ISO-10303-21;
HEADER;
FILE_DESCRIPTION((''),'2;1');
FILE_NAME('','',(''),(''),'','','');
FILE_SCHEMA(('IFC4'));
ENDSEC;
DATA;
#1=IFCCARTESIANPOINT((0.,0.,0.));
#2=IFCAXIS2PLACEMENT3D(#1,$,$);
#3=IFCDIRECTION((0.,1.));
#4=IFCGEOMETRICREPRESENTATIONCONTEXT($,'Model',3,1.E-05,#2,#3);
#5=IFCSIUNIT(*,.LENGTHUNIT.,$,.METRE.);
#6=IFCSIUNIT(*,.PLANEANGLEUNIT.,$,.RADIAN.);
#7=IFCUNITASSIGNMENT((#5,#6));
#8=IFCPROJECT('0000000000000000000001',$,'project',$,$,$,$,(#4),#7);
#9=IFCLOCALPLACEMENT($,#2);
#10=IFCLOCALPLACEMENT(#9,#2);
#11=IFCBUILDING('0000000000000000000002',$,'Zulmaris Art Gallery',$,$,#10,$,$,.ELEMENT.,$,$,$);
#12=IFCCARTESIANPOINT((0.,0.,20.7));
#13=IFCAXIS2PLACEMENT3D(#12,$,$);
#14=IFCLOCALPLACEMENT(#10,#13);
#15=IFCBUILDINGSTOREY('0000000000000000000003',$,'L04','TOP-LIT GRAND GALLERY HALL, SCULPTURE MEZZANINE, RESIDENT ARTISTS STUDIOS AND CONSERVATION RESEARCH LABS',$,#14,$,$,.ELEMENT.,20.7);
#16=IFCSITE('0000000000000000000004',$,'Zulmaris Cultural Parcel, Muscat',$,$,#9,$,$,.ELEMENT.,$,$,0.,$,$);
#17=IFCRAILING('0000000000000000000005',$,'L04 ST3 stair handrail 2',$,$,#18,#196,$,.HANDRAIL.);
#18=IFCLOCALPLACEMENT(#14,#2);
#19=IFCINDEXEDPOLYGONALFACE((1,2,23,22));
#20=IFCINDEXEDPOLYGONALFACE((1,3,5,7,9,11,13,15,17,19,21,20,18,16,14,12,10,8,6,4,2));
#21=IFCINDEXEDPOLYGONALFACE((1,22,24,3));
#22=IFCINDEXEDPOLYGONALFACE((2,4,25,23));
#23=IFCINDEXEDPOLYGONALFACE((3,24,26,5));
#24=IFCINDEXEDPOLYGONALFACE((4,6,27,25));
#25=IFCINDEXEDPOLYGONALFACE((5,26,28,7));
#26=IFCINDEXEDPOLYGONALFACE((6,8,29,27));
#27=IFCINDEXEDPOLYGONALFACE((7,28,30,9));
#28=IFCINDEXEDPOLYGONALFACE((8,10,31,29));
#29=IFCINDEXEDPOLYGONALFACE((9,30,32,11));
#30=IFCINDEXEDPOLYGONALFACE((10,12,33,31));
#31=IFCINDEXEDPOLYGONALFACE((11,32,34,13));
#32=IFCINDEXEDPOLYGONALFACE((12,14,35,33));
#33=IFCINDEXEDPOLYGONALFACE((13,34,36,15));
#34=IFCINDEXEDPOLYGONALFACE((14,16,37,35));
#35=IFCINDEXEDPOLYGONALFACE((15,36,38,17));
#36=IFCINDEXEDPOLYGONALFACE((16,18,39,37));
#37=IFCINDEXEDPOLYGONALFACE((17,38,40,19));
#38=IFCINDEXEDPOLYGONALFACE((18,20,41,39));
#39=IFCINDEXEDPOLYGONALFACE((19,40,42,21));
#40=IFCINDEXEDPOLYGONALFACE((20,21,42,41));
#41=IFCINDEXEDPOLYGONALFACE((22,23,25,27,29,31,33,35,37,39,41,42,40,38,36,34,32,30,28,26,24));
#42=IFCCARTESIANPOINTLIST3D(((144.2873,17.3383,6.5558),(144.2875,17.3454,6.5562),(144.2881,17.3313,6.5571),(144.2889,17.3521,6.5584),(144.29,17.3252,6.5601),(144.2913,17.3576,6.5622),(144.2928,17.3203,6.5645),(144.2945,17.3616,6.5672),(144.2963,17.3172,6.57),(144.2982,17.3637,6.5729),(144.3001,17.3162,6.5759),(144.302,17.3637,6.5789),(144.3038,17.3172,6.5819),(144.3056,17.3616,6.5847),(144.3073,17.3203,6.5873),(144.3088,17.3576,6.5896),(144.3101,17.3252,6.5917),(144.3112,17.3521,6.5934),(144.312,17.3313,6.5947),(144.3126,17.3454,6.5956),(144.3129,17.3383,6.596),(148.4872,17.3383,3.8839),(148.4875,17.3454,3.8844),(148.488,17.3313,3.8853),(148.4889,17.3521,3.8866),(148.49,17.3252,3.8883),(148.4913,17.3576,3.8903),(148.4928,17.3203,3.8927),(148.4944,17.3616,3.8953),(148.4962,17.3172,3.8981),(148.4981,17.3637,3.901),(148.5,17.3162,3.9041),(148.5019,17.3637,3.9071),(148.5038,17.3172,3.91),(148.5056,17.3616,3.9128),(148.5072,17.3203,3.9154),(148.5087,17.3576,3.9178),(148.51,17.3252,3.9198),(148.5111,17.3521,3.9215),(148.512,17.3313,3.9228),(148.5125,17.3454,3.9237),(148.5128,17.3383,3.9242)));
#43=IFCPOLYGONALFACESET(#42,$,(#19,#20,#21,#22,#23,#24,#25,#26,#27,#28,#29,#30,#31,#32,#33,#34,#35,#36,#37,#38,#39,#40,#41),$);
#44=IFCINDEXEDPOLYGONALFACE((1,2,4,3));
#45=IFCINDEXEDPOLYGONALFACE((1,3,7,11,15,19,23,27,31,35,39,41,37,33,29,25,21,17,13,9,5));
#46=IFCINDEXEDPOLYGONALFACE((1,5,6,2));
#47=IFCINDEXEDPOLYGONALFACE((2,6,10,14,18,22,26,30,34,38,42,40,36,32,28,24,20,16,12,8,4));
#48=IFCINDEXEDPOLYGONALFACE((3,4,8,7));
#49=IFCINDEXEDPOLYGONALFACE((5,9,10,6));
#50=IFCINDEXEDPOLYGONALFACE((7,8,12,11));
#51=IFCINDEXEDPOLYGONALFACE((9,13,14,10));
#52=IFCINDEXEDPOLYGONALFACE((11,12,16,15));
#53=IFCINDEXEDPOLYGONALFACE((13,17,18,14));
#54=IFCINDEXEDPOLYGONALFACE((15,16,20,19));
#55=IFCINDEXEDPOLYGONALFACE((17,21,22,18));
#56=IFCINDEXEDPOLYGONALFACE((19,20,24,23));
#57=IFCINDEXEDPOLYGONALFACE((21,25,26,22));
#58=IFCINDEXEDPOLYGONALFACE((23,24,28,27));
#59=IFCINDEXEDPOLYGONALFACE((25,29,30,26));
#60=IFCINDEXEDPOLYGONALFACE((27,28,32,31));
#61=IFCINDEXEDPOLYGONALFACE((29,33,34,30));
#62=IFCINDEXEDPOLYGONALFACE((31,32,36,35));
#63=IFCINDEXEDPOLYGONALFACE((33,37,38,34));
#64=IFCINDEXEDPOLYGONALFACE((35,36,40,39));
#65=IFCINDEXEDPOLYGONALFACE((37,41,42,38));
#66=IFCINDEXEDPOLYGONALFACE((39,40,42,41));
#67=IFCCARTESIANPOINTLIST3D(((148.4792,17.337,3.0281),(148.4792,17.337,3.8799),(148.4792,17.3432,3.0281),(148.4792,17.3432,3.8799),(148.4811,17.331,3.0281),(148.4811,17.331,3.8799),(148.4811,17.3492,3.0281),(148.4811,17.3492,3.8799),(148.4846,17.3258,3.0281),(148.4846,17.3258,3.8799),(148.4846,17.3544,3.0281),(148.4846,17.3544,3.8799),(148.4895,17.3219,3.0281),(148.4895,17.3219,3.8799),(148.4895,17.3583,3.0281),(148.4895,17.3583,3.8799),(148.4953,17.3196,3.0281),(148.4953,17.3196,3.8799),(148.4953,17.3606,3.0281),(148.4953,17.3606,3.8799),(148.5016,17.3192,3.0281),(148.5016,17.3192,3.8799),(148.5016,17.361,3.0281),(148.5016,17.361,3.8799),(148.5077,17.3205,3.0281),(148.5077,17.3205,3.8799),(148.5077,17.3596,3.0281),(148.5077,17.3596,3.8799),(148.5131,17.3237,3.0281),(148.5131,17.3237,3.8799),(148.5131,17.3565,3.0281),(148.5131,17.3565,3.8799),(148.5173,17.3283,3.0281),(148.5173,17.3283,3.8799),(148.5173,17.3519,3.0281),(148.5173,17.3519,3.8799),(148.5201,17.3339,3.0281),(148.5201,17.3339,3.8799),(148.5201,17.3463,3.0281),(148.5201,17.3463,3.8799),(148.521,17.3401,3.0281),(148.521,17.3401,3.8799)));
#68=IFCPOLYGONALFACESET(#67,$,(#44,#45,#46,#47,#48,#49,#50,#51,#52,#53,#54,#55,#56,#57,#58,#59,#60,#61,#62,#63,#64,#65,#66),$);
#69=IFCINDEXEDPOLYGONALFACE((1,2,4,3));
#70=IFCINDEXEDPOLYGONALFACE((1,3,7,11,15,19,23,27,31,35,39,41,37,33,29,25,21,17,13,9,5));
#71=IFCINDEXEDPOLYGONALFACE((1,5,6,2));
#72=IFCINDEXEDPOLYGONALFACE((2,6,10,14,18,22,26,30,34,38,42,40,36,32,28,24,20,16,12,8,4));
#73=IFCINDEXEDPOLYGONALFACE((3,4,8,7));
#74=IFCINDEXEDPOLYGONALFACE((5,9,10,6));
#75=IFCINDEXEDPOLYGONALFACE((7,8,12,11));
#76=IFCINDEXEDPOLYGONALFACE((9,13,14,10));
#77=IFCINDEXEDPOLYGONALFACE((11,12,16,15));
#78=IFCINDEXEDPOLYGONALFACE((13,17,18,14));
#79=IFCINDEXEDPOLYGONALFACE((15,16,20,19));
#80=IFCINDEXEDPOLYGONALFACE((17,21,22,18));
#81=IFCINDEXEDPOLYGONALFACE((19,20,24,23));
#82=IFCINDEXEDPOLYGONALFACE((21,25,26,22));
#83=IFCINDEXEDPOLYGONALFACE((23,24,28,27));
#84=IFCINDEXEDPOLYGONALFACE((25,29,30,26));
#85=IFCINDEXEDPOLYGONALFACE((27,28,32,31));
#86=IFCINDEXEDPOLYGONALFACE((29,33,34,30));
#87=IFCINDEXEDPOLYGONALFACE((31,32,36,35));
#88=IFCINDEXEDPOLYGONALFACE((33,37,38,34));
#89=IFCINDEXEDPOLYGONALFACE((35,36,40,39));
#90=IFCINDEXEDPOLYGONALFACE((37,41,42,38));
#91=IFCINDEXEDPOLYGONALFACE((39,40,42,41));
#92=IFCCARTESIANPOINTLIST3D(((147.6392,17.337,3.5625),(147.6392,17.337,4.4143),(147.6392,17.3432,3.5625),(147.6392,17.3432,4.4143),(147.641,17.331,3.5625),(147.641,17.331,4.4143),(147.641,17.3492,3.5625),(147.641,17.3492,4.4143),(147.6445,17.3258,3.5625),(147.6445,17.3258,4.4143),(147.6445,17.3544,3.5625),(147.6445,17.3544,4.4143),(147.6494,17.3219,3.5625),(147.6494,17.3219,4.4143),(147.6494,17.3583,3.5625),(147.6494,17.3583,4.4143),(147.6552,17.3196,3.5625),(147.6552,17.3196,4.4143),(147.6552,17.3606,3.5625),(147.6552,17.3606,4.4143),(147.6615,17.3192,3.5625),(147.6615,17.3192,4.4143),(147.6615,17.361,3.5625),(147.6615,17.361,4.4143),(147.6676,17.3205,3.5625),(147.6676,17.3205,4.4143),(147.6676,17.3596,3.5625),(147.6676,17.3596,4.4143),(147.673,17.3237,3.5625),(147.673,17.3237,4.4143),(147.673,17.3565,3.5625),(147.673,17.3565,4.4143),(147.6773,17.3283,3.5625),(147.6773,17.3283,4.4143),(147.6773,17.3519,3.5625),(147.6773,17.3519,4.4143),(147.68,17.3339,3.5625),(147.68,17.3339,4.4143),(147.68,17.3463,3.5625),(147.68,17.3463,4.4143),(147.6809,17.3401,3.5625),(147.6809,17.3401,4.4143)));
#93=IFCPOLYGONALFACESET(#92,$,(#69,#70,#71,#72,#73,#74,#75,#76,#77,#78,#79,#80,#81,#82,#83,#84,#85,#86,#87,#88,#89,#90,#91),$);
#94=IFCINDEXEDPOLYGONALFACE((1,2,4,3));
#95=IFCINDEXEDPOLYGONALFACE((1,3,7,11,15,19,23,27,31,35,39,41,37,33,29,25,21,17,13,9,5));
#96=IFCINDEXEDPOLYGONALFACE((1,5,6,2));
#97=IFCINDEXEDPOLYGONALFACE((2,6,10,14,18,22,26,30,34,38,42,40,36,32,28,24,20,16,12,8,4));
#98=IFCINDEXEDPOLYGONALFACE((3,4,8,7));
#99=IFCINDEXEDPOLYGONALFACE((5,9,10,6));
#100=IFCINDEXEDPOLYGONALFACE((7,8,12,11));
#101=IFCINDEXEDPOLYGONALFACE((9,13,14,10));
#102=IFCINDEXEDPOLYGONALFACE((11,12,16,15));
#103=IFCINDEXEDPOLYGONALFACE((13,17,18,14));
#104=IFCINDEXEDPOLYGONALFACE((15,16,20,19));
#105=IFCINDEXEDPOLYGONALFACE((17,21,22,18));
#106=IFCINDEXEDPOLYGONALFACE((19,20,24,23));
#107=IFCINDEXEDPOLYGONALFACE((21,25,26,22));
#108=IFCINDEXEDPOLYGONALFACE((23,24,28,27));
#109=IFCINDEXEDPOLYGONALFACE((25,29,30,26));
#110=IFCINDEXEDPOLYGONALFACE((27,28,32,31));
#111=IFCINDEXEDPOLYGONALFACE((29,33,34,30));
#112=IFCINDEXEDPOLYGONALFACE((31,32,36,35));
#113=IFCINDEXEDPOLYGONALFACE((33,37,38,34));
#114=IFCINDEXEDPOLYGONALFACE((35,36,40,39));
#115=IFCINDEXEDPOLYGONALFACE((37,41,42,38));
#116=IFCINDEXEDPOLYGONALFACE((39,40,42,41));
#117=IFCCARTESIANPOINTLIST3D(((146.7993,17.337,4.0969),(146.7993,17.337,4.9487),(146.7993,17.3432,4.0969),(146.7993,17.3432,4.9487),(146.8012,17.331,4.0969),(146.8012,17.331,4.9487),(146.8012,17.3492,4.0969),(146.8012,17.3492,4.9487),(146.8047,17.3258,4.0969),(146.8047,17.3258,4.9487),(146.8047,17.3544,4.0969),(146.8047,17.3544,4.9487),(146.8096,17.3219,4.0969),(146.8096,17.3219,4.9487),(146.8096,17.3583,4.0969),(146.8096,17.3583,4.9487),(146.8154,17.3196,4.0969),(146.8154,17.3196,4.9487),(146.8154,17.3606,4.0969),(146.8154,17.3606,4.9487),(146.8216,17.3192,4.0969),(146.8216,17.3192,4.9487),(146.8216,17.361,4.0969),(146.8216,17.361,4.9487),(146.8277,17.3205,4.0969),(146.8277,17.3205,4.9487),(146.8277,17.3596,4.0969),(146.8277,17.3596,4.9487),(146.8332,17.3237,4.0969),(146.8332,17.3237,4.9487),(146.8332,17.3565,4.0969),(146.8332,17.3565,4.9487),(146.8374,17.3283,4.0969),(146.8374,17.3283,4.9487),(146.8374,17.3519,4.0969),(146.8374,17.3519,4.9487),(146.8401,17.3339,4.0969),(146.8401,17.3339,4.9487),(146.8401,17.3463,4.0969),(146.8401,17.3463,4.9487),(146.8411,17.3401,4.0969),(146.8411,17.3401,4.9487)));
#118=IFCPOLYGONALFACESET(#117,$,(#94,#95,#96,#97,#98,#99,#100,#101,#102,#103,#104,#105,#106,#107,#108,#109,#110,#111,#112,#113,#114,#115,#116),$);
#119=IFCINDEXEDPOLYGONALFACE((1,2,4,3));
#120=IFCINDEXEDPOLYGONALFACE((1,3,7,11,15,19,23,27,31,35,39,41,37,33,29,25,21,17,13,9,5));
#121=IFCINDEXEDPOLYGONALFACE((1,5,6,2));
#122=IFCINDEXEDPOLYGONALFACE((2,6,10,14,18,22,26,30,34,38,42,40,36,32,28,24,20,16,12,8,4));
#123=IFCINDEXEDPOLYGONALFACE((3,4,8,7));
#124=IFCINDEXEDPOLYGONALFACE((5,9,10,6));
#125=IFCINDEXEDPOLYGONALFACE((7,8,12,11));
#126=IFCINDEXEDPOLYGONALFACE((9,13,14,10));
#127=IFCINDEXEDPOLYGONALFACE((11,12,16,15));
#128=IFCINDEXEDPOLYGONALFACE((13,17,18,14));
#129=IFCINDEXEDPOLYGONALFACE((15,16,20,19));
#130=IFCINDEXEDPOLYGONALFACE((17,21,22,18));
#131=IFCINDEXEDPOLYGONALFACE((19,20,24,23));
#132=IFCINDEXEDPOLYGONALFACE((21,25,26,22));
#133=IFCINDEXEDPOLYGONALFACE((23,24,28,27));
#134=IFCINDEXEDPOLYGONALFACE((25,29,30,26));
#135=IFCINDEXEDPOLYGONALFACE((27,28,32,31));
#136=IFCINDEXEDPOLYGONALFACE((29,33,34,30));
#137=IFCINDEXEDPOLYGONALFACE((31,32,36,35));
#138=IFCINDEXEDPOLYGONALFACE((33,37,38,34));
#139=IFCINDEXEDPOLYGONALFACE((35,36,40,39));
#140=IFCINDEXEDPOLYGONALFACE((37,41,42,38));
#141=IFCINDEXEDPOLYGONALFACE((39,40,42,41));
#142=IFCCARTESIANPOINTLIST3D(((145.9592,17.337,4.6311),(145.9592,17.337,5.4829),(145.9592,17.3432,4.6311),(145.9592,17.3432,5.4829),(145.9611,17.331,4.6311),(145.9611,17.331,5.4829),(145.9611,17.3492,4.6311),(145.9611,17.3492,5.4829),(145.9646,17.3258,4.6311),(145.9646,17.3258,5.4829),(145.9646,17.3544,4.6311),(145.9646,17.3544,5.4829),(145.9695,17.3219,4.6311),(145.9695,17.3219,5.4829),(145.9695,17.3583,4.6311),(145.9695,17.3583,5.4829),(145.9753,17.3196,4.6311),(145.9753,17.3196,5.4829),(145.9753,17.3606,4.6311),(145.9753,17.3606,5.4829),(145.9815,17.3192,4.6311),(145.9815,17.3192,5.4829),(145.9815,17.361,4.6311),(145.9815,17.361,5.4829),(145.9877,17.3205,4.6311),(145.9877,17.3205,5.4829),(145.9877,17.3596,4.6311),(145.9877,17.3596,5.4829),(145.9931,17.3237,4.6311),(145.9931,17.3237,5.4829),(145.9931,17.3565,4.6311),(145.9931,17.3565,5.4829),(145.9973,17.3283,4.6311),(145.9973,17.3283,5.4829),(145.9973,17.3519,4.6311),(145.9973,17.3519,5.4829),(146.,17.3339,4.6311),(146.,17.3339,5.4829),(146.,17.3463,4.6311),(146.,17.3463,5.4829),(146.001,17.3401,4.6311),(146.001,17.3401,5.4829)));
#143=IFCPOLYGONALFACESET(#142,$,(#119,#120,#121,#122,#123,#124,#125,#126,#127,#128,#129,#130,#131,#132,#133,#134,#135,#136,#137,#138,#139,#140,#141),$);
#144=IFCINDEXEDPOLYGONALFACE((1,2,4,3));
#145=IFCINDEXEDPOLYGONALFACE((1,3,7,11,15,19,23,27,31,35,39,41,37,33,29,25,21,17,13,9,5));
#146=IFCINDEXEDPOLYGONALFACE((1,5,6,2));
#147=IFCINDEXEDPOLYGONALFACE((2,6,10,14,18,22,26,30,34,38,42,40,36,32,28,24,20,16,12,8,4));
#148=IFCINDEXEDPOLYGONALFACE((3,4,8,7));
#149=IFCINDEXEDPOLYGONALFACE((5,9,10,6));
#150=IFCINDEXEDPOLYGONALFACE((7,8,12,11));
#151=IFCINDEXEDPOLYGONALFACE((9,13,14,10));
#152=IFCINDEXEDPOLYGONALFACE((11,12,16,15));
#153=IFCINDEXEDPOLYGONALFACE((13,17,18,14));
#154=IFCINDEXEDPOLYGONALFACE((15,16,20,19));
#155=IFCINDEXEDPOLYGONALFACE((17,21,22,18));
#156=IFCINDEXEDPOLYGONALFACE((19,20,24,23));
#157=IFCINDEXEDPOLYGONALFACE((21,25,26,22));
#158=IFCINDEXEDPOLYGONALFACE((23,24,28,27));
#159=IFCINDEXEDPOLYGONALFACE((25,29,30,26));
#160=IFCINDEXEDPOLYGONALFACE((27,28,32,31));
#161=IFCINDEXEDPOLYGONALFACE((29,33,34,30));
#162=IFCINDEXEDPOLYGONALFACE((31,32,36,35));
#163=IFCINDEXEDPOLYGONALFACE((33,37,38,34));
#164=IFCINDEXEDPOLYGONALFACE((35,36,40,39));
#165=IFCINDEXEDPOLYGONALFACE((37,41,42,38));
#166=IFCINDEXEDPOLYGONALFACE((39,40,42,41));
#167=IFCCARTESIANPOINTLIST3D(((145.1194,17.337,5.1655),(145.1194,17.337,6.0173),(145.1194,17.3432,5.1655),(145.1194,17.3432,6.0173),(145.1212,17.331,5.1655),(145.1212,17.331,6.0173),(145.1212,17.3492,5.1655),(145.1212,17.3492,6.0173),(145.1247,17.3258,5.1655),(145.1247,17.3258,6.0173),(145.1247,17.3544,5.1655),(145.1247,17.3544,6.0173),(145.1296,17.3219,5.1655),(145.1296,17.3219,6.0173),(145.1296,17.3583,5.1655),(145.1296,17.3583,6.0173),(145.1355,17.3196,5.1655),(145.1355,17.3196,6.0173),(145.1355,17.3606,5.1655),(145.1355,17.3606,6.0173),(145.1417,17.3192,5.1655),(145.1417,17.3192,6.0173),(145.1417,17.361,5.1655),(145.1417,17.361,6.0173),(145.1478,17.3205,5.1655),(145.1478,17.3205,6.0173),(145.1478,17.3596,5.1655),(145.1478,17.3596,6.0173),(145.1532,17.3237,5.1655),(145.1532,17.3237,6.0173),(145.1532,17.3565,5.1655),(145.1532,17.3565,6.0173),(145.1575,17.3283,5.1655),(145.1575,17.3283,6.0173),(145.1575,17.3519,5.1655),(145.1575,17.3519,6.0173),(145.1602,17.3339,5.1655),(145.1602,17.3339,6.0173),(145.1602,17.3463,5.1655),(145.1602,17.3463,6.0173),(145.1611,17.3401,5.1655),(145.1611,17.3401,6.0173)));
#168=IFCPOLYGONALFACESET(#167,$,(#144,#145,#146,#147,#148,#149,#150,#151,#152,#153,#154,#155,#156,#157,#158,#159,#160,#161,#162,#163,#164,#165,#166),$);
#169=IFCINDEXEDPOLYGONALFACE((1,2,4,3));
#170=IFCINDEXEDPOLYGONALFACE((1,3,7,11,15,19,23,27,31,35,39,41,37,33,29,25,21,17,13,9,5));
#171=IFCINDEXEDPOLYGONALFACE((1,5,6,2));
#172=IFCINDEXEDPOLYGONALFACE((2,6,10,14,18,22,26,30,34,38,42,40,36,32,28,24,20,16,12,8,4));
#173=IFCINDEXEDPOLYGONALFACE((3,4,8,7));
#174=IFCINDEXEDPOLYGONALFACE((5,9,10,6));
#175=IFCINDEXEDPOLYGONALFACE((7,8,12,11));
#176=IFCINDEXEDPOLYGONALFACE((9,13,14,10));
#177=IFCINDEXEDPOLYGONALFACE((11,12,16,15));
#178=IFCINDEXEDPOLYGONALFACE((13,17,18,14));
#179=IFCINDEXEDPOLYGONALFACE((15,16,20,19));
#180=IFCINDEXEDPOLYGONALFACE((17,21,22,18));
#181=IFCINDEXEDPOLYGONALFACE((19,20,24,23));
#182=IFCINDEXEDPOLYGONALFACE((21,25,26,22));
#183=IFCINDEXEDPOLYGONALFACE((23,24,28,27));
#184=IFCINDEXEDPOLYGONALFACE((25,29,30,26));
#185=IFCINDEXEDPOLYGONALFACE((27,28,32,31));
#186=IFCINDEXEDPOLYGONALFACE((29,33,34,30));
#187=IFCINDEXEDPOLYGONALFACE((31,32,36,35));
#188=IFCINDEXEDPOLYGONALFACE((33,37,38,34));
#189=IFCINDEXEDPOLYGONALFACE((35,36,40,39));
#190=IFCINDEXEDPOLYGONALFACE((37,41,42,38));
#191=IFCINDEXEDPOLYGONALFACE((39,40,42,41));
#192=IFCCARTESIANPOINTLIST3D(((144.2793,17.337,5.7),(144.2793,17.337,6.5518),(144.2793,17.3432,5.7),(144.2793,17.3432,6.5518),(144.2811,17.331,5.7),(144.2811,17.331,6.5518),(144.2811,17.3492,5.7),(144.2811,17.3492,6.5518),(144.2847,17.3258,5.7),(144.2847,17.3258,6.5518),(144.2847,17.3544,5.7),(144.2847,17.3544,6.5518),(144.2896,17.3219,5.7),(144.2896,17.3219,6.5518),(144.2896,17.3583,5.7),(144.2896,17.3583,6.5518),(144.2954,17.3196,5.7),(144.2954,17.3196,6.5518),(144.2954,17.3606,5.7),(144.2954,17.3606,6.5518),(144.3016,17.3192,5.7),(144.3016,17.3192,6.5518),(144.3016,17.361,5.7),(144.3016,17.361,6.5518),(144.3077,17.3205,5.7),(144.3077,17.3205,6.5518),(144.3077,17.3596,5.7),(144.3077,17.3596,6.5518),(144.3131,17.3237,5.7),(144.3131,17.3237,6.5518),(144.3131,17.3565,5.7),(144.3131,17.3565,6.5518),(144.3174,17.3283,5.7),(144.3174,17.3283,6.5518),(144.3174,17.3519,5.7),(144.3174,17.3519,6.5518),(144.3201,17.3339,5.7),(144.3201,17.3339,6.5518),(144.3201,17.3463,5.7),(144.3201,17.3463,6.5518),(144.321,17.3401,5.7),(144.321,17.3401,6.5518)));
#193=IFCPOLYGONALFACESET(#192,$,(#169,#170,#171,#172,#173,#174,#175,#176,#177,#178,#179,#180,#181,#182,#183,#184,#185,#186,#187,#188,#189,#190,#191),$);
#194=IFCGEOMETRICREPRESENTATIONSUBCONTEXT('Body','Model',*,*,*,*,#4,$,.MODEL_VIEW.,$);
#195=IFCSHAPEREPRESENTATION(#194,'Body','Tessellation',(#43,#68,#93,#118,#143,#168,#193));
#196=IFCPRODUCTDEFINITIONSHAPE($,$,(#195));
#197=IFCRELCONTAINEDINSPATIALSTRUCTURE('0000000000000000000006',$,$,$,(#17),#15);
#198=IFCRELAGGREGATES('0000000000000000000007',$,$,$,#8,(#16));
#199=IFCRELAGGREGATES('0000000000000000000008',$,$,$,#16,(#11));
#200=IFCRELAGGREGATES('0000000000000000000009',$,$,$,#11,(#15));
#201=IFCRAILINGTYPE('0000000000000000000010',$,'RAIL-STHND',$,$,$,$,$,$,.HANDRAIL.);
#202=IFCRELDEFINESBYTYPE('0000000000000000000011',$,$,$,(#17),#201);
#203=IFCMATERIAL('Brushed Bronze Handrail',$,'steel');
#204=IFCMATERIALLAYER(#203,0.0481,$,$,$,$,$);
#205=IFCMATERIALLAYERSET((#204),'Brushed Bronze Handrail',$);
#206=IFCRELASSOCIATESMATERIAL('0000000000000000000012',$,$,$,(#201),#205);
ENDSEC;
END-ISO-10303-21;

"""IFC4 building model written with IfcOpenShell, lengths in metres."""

from ifc_helpers import new_model, si_unit, direction, frame, origin, origin_2d, place, context, subcontext, project, spatial, circle, extrude, material, layer, layer_set, type_object, element, save


model = new_model("IFC4")

# Units and contexts
model_context = context("Model", 3, precision=1e-05, world=origin(), true_north=direction((0.0, 1.0)))
body_context = subcontext(model_context, "Body", "Model", "MODEL_VIEW")
ifc_project = project(units=[si_unit("LENGTHUNIT", "METRE"), si_unit("PLANEANGLEUNIT", "RADIAN")], contexts=[model_context])

# Site, building, storey
site_placement = place(None, origin())
site = spatial("IfcSite", under=ifc_project, at=site_placement, Name="Zulmaris Cultural Parcel, Muscat", CompositionType="ELEMENT", RefElevation=0.0)
building_placement = place(site_placement, origin())
building = spatial("IfcBuilding", under=site, at=building_placement, Name="Zulmaris Art Gallery", CompositionType="ELEMENT")
storey_placement = place(building_placement, frame((0.0, 0.0, 20.7)))
storey = spatial("IfcBuildingStorey", under=building, at=storey_placement, Name="L04", Description="TOP-LIT GRAND GALLERY HALL, SCULPTURE MEZZANINE, RESIDENT ARTISTS STUDIOS AND CONSERVATION RESEARCH LABS", CompositionType="ELEMENT", Elevation=20.7)

# Railing
ifc_material_1 = material(Name="Brushed Bronze Handrail", Category="steel")
ifc_layer_1 = layer(ifc_material_1, 0.0481)
ifc_layer_set_1 = layer_set([ifc_layer_1], Name="Brushed Bronze Handrail")
railing_type_1 = type_object("IfcRailingType", Name="RAIL-STHND", PredefinedType="HANDRAIL", material=ifc_layer_set_1)
railing_1_placement = place(storey_placement, frame((148.5, 17.3401, 3.0281)))
element("IfcRailing", 1, at=railing_1_placement, inside=storey, type_object=railing_type_1, Name="L04 ST3 stair handrail 2", PredefinedType="HANDRAIL", context=body_context, shape_type="SweptSolid", body=[
    extrude(circle(Radius=0.0239, at=origin_2d()), frame((0.0, 0.0, 0.876), z_axis=(-0.843736, 0.0, 0.536758), x_axis=(0.0, -1.0, 0.0)), (0.0, 0.0, 1.0), 4.9778),
    extrude(circle(Radius=0.021, at=origin_2d()), origin(), (0.0, 0.0, 1.0), 0.8518),
    extrude(circle(Radius=0.021, at=origin_2d()), frame((-0.8401, 0.0, 0.5344)), (0.0, 0.0, 1.0), 0.8518),
    extrude(circle(Radius=0.021, at=origin_2d()), frame((-1.6799, 0.0, 1.0688)), (0.0, 0.0, 1.0), 0.8518),
    extrude(circle(Radius=0.021, at=origin_2d()), frame((-2.52, 0.0, 1.603)), (0.0, 0.0, 1.0), 0.8518),
    extrude(circle(Radius=0.021, at=origin_2d()), frame((-3.3599, 0.0, 2.1375)), (0.0, 0.0, 1.0), 0.8518),
    extrude(circle(Radius=0.021, at=origin_2d()), frame((-4.2, 0.0, 2.6719)), (0.0, 0.0, 1.0), 0.8518),
])

save(model, "model.ifc")
